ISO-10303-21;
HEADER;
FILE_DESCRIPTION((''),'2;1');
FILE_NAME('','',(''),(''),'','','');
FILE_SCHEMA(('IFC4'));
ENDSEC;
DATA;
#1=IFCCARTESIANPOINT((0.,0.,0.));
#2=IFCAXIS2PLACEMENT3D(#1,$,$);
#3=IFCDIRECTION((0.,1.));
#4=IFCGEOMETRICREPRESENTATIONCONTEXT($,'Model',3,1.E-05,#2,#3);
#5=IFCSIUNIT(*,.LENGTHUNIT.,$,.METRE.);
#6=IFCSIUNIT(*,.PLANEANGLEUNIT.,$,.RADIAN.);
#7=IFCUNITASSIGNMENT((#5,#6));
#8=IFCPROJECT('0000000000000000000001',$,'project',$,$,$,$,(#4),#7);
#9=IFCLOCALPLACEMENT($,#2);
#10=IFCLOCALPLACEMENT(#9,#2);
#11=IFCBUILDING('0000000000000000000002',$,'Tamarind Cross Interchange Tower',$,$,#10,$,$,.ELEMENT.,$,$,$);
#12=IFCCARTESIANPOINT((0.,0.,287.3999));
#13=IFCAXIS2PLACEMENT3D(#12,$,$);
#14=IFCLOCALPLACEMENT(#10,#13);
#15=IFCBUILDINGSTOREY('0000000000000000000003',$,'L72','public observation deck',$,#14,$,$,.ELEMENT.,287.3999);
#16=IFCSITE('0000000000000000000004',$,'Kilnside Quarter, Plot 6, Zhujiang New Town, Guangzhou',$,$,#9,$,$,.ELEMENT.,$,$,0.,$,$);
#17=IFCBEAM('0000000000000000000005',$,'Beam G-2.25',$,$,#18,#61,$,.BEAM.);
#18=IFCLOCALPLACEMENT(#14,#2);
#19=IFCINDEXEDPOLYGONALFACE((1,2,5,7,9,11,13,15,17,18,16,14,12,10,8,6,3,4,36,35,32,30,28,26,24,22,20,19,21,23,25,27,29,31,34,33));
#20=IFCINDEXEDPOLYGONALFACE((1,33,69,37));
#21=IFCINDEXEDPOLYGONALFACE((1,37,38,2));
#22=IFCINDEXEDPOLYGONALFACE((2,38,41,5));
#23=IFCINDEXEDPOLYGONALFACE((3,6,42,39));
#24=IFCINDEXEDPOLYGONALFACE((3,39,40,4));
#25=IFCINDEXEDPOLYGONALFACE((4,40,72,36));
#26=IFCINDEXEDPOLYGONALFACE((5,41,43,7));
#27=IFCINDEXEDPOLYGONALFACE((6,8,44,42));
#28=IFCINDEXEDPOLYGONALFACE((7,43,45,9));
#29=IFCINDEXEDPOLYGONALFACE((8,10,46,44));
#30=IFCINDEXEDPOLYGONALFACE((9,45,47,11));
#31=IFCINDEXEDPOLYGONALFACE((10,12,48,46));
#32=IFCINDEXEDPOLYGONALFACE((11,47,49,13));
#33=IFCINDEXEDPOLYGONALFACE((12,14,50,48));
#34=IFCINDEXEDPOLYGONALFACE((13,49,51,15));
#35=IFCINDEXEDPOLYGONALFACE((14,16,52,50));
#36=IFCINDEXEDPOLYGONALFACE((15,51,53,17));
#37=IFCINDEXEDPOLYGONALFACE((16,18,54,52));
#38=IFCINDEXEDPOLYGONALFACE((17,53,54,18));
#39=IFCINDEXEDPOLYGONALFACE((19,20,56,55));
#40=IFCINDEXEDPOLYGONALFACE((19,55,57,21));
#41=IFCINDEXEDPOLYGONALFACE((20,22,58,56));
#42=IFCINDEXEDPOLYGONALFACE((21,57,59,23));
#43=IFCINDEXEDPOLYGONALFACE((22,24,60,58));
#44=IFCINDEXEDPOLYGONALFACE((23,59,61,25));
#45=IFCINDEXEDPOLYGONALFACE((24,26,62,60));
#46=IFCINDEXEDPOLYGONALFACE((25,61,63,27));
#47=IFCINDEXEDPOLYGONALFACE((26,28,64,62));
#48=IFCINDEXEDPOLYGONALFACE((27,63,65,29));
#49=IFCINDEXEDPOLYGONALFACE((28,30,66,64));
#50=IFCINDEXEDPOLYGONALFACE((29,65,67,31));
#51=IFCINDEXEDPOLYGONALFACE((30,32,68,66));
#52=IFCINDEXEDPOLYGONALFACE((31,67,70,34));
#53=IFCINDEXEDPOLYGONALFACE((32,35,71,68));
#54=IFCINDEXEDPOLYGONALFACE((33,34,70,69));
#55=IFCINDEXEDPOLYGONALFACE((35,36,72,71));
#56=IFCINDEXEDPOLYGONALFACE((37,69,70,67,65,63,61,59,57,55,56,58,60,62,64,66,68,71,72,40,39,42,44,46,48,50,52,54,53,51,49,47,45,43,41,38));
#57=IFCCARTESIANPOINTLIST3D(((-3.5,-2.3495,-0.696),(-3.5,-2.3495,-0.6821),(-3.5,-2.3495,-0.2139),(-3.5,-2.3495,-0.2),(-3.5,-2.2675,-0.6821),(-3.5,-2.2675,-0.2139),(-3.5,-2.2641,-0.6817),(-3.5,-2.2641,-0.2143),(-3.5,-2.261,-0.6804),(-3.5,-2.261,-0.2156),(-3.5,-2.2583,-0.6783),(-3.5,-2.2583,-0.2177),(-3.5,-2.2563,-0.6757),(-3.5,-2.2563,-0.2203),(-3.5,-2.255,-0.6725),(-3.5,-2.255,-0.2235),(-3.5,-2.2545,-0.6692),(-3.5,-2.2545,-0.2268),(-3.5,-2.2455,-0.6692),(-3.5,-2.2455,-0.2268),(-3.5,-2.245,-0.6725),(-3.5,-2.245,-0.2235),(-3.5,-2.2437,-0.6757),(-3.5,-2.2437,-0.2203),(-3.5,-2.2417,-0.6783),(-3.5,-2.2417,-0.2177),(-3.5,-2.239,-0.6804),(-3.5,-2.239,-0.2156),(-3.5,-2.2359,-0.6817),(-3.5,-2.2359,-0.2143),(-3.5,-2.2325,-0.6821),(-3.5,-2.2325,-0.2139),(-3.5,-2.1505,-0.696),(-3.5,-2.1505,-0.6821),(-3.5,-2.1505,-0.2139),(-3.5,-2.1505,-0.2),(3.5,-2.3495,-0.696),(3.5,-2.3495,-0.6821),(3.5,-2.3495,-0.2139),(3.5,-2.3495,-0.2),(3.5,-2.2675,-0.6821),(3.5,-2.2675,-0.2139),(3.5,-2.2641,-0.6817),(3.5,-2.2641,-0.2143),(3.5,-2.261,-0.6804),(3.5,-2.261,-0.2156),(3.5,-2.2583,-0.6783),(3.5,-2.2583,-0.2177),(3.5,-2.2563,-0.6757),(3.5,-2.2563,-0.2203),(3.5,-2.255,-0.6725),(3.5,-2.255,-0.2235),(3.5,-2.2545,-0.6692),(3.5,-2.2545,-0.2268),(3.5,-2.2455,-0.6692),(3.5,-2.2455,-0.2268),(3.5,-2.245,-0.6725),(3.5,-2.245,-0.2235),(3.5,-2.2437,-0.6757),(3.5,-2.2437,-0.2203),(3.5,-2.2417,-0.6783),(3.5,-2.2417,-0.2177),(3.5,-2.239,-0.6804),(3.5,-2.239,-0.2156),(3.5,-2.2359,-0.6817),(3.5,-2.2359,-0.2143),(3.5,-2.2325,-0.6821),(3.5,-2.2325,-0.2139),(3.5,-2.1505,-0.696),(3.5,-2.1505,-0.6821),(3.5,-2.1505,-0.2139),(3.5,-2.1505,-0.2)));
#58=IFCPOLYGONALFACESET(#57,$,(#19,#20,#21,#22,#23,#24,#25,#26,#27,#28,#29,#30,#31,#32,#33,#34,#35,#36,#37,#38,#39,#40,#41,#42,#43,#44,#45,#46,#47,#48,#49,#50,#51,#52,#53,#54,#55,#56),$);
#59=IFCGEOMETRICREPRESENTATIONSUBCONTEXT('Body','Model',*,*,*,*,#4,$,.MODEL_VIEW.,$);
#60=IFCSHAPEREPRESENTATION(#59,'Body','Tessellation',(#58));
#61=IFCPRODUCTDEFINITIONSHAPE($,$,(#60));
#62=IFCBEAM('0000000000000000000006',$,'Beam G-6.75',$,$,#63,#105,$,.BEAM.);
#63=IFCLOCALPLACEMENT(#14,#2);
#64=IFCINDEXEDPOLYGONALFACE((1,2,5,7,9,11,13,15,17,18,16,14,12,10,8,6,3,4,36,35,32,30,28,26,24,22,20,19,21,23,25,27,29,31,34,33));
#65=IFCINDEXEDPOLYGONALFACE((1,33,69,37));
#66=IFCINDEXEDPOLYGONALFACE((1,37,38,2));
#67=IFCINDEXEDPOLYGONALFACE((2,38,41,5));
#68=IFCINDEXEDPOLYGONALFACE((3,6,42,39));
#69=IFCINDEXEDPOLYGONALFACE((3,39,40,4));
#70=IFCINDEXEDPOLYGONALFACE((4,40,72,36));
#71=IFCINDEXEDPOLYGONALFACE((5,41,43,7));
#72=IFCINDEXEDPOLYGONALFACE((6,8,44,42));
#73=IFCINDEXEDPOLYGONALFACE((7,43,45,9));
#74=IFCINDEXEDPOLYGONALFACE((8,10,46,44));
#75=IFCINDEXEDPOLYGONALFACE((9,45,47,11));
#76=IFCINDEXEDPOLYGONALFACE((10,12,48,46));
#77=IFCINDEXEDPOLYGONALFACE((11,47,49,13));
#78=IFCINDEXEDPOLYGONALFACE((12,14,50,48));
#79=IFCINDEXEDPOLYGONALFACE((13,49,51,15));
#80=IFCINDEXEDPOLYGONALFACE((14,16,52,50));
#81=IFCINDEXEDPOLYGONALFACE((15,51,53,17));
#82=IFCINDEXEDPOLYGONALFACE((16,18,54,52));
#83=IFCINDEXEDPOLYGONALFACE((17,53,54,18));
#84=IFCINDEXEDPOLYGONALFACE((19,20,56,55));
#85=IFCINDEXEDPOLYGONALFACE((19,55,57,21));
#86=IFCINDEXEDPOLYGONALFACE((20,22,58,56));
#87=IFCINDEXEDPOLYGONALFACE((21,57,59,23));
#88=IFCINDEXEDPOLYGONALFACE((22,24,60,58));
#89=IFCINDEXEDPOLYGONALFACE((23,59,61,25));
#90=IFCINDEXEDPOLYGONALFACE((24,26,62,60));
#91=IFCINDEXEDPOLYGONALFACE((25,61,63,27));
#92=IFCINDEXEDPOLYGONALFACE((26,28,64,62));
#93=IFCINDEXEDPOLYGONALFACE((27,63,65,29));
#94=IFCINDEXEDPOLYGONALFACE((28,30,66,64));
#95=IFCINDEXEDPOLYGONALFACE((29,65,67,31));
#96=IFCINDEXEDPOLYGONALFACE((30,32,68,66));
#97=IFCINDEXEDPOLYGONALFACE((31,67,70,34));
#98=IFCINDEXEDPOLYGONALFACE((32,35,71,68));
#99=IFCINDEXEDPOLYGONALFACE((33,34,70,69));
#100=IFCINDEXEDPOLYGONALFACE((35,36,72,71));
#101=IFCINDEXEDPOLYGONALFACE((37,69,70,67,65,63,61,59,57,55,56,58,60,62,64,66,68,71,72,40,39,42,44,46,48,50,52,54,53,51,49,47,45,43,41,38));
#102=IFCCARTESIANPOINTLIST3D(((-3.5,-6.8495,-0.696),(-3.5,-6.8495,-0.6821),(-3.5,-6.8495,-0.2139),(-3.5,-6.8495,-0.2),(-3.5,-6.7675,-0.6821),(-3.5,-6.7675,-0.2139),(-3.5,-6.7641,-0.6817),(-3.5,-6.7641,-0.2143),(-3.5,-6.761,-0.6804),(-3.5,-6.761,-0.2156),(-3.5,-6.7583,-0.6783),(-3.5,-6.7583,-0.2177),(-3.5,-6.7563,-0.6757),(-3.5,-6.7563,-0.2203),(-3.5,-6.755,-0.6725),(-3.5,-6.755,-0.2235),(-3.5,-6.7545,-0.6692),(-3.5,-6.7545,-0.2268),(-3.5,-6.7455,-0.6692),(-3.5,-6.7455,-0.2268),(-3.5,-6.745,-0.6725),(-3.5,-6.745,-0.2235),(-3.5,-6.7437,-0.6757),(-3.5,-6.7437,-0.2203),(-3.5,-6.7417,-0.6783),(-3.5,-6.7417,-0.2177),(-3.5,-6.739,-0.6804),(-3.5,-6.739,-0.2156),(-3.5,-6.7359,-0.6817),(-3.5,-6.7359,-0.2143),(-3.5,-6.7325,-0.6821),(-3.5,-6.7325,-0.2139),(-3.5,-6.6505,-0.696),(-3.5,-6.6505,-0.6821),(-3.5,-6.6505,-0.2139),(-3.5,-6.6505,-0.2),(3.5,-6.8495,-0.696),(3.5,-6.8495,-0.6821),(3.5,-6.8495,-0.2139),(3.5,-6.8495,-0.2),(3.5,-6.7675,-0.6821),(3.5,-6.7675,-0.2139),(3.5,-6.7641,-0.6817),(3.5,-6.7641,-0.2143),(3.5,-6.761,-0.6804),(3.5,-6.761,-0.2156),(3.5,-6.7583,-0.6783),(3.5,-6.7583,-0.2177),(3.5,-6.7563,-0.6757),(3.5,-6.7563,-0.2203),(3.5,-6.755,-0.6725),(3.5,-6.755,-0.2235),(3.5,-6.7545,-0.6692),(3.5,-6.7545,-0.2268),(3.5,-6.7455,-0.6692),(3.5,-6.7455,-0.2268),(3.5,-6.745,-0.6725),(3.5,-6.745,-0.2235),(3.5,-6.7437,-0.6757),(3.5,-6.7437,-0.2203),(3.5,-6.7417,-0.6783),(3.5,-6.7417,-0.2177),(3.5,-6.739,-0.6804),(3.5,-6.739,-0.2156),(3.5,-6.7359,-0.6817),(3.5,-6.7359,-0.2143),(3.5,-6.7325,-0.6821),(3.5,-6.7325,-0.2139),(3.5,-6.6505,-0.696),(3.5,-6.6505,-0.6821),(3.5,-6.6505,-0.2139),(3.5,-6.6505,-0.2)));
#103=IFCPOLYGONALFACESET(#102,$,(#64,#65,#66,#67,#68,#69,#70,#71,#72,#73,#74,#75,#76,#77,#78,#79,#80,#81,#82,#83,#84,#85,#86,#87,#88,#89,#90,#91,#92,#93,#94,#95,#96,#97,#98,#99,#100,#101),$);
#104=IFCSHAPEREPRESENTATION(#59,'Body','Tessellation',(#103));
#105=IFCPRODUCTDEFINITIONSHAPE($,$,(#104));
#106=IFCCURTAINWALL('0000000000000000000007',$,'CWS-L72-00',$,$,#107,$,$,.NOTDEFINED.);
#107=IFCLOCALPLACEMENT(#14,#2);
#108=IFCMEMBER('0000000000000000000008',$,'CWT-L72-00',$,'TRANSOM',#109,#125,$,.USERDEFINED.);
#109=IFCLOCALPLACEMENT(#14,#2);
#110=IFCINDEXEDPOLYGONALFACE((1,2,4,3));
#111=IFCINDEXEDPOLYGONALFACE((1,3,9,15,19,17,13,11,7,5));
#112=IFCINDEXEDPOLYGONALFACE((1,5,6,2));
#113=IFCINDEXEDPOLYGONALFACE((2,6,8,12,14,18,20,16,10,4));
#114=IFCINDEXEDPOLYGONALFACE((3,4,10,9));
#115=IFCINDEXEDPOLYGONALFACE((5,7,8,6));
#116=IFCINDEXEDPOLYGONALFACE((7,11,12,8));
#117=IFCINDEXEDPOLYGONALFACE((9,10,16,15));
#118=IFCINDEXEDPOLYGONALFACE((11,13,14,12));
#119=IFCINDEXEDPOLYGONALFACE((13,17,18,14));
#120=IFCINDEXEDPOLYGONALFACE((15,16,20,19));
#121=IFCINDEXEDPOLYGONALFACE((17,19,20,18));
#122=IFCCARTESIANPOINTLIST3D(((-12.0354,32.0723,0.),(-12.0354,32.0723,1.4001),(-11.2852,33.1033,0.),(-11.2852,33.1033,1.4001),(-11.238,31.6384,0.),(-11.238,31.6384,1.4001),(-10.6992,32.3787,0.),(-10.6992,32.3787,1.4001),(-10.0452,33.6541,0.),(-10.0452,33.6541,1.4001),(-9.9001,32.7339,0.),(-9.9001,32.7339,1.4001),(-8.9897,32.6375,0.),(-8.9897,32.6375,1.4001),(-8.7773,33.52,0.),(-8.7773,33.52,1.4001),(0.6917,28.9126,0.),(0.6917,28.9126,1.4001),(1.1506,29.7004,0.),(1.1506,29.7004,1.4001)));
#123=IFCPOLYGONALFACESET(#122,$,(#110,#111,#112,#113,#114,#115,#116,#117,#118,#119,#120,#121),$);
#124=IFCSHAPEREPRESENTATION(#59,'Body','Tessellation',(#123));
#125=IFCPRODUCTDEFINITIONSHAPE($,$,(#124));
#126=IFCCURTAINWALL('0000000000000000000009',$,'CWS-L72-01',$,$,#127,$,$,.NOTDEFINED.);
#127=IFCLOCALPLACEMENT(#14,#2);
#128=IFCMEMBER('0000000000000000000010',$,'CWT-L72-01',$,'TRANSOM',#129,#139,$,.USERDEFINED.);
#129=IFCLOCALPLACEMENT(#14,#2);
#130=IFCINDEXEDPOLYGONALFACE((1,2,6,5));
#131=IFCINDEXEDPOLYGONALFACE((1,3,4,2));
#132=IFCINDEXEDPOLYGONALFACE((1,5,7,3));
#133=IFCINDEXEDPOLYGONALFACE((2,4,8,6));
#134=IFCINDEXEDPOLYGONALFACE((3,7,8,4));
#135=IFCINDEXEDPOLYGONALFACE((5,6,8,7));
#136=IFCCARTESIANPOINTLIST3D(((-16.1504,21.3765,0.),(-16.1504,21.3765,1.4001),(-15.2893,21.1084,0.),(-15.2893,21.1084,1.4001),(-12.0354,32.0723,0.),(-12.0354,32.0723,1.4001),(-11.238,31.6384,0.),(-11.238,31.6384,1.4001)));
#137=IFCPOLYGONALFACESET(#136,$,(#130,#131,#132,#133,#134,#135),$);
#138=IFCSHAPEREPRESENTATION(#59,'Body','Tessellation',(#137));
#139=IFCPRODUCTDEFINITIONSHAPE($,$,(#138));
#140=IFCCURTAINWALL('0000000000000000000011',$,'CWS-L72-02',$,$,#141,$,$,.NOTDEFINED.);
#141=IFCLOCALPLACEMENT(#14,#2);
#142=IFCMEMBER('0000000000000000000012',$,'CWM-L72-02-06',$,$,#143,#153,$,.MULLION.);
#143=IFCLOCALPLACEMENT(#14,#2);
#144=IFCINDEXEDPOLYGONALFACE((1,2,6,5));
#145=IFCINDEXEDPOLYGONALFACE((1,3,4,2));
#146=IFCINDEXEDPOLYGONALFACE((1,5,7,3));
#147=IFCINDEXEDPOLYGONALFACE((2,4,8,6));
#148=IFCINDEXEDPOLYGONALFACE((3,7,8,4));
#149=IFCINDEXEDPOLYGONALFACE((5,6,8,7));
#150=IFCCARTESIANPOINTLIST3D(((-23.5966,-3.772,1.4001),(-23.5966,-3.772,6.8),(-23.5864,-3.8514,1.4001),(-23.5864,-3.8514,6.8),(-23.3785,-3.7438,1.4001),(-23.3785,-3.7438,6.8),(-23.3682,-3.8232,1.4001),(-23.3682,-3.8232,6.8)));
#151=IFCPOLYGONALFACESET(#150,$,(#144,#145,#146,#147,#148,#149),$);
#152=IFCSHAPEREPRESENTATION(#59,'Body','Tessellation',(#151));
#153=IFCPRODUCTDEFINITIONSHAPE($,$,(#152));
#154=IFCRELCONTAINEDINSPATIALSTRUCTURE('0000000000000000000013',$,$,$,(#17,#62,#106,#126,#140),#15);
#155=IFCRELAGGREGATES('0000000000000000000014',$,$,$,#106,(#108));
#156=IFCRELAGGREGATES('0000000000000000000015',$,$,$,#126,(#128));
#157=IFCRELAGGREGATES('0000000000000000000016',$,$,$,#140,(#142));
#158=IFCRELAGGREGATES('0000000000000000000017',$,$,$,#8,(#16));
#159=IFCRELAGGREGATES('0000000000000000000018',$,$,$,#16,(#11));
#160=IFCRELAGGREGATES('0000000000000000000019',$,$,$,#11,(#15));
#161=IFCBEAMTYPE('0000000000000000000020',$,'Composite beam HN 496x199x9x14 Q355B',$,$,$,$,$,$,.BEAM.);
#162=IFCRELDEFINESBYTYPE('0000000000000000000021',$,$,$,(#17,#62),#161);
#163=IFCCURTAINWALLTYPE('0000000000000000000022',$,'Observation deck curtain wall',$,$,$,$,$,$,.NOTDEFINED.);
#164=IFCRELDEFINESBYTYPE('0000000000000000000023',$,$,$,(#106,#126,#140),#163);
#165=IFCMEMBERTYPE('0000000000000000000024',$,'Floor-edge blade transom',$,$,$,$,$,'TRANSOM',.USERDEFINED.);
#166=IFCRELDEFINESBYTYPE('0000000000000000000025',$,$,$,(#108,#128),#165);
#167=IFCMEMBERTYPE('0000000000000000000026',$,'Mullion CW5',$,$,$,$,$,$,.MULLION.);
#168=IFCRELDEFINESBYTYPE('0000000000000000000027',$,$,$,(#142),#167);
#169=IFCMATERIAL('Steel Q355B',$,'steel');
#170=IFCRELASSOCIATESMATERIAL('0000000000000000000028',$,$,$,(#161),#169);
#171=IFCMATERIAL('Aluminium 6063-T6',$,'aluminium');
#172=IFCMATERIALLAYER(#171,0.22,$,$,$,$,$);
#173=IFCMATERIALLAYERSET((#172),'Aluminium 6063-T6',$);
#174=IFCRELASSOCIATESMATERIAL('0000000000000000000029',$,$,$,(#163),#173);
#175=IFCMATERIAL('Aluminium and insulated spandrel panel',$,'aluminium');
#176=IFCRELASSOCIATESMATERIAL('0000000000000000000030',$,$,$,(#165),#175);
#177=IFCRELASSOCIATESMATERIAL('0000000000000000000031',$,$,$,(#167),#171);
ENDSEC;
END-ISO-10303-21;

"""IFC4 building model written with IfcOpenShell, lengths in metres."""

from ifc_helpers import new_model, si_unit, direction, frame, origin, origin_2d, place, context, subcontext, project, spatial, polyline, rectangle, i_section, outline, extrude, material, layer, layer_set, material_profile, profile_set, type_object, element, aggregate, save


model = new_model("IFC4")

# Units and contexts
model_context = context("Model", 3, precision=1e-05, world=origin(), true_north=direction((0.0, 1.0)))
body_context = subcontext(model_context, "Body", "Model", "MODEL_VIEW")
ifc_project = project(units=[si_unit("LENGTHUNIT", "METRE"), si_unit("PLANEANGLEUNIT", "RADIAN")], contexts=[model_context])

# Site, building, storey
site_placement = place(None, origin())
site = spatial("IfcSite", under=ifc_project, at=site_placement, Name="Kilnside Quarter, Plot 6, Zhujiang New Town, Guangzhou", CompositionType="ELEMENT", RefElevation=0.0)
building_placement = place(site_placement, origin())
building = spatial("IfcBuilding", under=site, at=building_placement, Name="Tamarind Cross Interchange Tower", CompositionType="ELEMENT")
storey_placement = place(building_placement, frame((0.0, 0.0, 287.3999)))
storey = spatial("IfcBuildingStorey", under=building, at=storey_placement, Name="L72", Description="public observation deck", CompositionType="ELEMENT", Elevation=287.3999)

# Beams
ifc_material_1 = material(Name="Steel Q355B", Category="steel")
ifc_material_profile_1 = material_profile(ifc_material_1, i_section(OverallWidth=0.199, OverallDepth=0.4961, WebThickness=0.009, FlangeThickness=0.0139, FilletRadius=0.0129, at=origin_2d()), Name="HN 496x199x9x14")
ifc_profile_set_1 = profile_set([ifc_material_profile_1], Name="Steel Q355B")
beam_type_1 = type_object("IfcBeamType", Name="Composite beam HN 496x199x9x14 Q355B", PredefinedType="BEAM", material=ifc_profile_set_1)
for number, where, z_axis, x_axis, name in (
    (1, (-3.5, -2.25, -0.448), (1.0, 0.0, 0.0), (0.0, 1.0, 0.0), "Beam G-2.25"),
    (2, (-3.5, -6.75, -0.448), (1.0, 0.0, 0.0), (0.0, 1.0, 0.0), "Beam G-6.75"),
):
    element("IfcBeam", number, at=place(storey_placement, frame(where, z_axis=z_axis, x_axis=x_axis)), inside=storey, type_object=beam_type_1, Name=name, PredefinedType="BEAM", context=body_context, shape_type="SweptSolid", body=[
        extrude(i_section(OverallWidth=0.199, OverallDepth=0.4961, WebThickness=0.009, FlangeThickness=0.0139, FilletRadius=0.0129, at=origin_2d()), origin(), (0.0, 0.0, 1.0), 7.0),
    ])

# Curtain walls, members
ifc_material_2 = material(Name="Aluminium 6063-T6", Category="aluminium")
ifc_layer_1 = layer(ifc_material_2, 0.22)
ifc_layer_set_1 = layer_set([ifc_layer_1], Name="Aluminium 6063-T6")
curtain_wall_type = type_object("IfcCurtainWallType", Name="Observation deck curtain wall", PredefinedType="NOTDEFINED", material=ifc_layer_set_1)
curtain_wall_1_placement = place(storey_placement, origin())
curtain_wall_1 = element("IfcCurtainWall", 3, at=curtain_wall_1_placement, inside=storey, type_object=curtain_wall_type, Name="CWS-L72-00", PredefinedType="NOTDEFINED")
ifc_material_3 = material(Name="Aluminium and insulated spandrel panel", Category="aluminium")
member_type_1 = type_object("IfcMemberType", Name="Floor-edge blade transom", ElementType="TRANSOM", PredefinedType="USERDEFINED", material=ifc_material_3)
member_1_placement = place(storey_placement, origin())
member_1 = element("IfcMember", 4, at=member_1_placement, type_object=member_type_1, Name="CWT-L72-00", ObjectType="TRANSOM", PredefinedType="USERDEFINED", context=body_context, shape_type="SweptSolid", body=[
    extrude(outline(polyline([(0.6917, 28.9126), (-8.9897, 32.6375), (-9.9001, 32.7339), (-10.6992, 32.3787), (-11.238, 31.6384), (-12.0354, 32.0723), (-11.2852, 33.1033), (-10.0452, 33.6541), (-8.7773, 33.52), (1.1506, 29.7004), (0.6917, 28.9126)])), origin(), (0.0, 0.0, 1.0), 1.4001),
])
curtain_wall_2_placement = place(storey_placement, origin())
curtain_wall_2 = element("IfcCurtainWall", 5, at=curtain_wall_2_placement, inside=storey, type_object=curtain_wall_type, Name="CWS-L72-01", PredefinedType="NOTDEFINED")
member_2_placement = place(storey_placement, origin())
member_2 = element("IfcMember", 6, at=member_2_placement, type_object=member_type_1, Name="CWT-L72-01", ObjectType="TRANSOM", PredefinedType="USERDEFINED", context=body_context, shape_type="SweptSolid", body=[
    extrude(outline(polyline([(-11.238, 31.6384), (-15.2893, 21.1084), (-16.1504, 21.3765), (-12.0354, 32.0723), (-11.238, 31.6384)])), origin(), (0.0, 0.0, 1.0), 1.4001),
])
curtain_wall_3_placement = place(storey_placement, origin())
curtain_wall_3 = element("IfcCurtainWall", 7, at=curtain_wall_3_placement, inside=storey, type_object=curtain_wall_type, Name="CWS-L72-02", PredefinedType="NOTDEFINED")
ifc_material_profile_2 = material_profile(ifc_material_2, rectangle(XDim=0.0801, YDim=0.22, at=origin_2d()), Name="Mullion CW5")
ifc_profile_set_2 = profile_set([ifc_material_profile_2], Name="Aluminium 6063-T6")
member_type_2 = type_object("IfcMemberType", Name="Mullion CW5", PredefinedType="MULLION", material=ifc_profile_set_2)
member_3_placement = place(storey_placement, frame((-23.4824, -3.7976, 1.4001), z_axis=(0.0, 0.0, 1.0), x_axis=(0.127962, -0.991779, 0.0)))
member_3 = element("IfcMember", 8, at=member_3_placement, type_object=member_type_2, Name="CWM-L72-02-06", PredefinedType="MULLION", context=body_context, shape_type="SweptSolid", body=[
    extrude(rectangle(XDim=0.0801, YDim=0.22, at=origin_2d()), origin(), (0.0, 0.0, 1.0), 5.3999),
])

aggregate(curtain_wall_1, [member_1])
aggregate(curtain_wall_2, [member_2])
aggregate(curtain_wall_3, [member_3])

save(model, "model.ifc")
